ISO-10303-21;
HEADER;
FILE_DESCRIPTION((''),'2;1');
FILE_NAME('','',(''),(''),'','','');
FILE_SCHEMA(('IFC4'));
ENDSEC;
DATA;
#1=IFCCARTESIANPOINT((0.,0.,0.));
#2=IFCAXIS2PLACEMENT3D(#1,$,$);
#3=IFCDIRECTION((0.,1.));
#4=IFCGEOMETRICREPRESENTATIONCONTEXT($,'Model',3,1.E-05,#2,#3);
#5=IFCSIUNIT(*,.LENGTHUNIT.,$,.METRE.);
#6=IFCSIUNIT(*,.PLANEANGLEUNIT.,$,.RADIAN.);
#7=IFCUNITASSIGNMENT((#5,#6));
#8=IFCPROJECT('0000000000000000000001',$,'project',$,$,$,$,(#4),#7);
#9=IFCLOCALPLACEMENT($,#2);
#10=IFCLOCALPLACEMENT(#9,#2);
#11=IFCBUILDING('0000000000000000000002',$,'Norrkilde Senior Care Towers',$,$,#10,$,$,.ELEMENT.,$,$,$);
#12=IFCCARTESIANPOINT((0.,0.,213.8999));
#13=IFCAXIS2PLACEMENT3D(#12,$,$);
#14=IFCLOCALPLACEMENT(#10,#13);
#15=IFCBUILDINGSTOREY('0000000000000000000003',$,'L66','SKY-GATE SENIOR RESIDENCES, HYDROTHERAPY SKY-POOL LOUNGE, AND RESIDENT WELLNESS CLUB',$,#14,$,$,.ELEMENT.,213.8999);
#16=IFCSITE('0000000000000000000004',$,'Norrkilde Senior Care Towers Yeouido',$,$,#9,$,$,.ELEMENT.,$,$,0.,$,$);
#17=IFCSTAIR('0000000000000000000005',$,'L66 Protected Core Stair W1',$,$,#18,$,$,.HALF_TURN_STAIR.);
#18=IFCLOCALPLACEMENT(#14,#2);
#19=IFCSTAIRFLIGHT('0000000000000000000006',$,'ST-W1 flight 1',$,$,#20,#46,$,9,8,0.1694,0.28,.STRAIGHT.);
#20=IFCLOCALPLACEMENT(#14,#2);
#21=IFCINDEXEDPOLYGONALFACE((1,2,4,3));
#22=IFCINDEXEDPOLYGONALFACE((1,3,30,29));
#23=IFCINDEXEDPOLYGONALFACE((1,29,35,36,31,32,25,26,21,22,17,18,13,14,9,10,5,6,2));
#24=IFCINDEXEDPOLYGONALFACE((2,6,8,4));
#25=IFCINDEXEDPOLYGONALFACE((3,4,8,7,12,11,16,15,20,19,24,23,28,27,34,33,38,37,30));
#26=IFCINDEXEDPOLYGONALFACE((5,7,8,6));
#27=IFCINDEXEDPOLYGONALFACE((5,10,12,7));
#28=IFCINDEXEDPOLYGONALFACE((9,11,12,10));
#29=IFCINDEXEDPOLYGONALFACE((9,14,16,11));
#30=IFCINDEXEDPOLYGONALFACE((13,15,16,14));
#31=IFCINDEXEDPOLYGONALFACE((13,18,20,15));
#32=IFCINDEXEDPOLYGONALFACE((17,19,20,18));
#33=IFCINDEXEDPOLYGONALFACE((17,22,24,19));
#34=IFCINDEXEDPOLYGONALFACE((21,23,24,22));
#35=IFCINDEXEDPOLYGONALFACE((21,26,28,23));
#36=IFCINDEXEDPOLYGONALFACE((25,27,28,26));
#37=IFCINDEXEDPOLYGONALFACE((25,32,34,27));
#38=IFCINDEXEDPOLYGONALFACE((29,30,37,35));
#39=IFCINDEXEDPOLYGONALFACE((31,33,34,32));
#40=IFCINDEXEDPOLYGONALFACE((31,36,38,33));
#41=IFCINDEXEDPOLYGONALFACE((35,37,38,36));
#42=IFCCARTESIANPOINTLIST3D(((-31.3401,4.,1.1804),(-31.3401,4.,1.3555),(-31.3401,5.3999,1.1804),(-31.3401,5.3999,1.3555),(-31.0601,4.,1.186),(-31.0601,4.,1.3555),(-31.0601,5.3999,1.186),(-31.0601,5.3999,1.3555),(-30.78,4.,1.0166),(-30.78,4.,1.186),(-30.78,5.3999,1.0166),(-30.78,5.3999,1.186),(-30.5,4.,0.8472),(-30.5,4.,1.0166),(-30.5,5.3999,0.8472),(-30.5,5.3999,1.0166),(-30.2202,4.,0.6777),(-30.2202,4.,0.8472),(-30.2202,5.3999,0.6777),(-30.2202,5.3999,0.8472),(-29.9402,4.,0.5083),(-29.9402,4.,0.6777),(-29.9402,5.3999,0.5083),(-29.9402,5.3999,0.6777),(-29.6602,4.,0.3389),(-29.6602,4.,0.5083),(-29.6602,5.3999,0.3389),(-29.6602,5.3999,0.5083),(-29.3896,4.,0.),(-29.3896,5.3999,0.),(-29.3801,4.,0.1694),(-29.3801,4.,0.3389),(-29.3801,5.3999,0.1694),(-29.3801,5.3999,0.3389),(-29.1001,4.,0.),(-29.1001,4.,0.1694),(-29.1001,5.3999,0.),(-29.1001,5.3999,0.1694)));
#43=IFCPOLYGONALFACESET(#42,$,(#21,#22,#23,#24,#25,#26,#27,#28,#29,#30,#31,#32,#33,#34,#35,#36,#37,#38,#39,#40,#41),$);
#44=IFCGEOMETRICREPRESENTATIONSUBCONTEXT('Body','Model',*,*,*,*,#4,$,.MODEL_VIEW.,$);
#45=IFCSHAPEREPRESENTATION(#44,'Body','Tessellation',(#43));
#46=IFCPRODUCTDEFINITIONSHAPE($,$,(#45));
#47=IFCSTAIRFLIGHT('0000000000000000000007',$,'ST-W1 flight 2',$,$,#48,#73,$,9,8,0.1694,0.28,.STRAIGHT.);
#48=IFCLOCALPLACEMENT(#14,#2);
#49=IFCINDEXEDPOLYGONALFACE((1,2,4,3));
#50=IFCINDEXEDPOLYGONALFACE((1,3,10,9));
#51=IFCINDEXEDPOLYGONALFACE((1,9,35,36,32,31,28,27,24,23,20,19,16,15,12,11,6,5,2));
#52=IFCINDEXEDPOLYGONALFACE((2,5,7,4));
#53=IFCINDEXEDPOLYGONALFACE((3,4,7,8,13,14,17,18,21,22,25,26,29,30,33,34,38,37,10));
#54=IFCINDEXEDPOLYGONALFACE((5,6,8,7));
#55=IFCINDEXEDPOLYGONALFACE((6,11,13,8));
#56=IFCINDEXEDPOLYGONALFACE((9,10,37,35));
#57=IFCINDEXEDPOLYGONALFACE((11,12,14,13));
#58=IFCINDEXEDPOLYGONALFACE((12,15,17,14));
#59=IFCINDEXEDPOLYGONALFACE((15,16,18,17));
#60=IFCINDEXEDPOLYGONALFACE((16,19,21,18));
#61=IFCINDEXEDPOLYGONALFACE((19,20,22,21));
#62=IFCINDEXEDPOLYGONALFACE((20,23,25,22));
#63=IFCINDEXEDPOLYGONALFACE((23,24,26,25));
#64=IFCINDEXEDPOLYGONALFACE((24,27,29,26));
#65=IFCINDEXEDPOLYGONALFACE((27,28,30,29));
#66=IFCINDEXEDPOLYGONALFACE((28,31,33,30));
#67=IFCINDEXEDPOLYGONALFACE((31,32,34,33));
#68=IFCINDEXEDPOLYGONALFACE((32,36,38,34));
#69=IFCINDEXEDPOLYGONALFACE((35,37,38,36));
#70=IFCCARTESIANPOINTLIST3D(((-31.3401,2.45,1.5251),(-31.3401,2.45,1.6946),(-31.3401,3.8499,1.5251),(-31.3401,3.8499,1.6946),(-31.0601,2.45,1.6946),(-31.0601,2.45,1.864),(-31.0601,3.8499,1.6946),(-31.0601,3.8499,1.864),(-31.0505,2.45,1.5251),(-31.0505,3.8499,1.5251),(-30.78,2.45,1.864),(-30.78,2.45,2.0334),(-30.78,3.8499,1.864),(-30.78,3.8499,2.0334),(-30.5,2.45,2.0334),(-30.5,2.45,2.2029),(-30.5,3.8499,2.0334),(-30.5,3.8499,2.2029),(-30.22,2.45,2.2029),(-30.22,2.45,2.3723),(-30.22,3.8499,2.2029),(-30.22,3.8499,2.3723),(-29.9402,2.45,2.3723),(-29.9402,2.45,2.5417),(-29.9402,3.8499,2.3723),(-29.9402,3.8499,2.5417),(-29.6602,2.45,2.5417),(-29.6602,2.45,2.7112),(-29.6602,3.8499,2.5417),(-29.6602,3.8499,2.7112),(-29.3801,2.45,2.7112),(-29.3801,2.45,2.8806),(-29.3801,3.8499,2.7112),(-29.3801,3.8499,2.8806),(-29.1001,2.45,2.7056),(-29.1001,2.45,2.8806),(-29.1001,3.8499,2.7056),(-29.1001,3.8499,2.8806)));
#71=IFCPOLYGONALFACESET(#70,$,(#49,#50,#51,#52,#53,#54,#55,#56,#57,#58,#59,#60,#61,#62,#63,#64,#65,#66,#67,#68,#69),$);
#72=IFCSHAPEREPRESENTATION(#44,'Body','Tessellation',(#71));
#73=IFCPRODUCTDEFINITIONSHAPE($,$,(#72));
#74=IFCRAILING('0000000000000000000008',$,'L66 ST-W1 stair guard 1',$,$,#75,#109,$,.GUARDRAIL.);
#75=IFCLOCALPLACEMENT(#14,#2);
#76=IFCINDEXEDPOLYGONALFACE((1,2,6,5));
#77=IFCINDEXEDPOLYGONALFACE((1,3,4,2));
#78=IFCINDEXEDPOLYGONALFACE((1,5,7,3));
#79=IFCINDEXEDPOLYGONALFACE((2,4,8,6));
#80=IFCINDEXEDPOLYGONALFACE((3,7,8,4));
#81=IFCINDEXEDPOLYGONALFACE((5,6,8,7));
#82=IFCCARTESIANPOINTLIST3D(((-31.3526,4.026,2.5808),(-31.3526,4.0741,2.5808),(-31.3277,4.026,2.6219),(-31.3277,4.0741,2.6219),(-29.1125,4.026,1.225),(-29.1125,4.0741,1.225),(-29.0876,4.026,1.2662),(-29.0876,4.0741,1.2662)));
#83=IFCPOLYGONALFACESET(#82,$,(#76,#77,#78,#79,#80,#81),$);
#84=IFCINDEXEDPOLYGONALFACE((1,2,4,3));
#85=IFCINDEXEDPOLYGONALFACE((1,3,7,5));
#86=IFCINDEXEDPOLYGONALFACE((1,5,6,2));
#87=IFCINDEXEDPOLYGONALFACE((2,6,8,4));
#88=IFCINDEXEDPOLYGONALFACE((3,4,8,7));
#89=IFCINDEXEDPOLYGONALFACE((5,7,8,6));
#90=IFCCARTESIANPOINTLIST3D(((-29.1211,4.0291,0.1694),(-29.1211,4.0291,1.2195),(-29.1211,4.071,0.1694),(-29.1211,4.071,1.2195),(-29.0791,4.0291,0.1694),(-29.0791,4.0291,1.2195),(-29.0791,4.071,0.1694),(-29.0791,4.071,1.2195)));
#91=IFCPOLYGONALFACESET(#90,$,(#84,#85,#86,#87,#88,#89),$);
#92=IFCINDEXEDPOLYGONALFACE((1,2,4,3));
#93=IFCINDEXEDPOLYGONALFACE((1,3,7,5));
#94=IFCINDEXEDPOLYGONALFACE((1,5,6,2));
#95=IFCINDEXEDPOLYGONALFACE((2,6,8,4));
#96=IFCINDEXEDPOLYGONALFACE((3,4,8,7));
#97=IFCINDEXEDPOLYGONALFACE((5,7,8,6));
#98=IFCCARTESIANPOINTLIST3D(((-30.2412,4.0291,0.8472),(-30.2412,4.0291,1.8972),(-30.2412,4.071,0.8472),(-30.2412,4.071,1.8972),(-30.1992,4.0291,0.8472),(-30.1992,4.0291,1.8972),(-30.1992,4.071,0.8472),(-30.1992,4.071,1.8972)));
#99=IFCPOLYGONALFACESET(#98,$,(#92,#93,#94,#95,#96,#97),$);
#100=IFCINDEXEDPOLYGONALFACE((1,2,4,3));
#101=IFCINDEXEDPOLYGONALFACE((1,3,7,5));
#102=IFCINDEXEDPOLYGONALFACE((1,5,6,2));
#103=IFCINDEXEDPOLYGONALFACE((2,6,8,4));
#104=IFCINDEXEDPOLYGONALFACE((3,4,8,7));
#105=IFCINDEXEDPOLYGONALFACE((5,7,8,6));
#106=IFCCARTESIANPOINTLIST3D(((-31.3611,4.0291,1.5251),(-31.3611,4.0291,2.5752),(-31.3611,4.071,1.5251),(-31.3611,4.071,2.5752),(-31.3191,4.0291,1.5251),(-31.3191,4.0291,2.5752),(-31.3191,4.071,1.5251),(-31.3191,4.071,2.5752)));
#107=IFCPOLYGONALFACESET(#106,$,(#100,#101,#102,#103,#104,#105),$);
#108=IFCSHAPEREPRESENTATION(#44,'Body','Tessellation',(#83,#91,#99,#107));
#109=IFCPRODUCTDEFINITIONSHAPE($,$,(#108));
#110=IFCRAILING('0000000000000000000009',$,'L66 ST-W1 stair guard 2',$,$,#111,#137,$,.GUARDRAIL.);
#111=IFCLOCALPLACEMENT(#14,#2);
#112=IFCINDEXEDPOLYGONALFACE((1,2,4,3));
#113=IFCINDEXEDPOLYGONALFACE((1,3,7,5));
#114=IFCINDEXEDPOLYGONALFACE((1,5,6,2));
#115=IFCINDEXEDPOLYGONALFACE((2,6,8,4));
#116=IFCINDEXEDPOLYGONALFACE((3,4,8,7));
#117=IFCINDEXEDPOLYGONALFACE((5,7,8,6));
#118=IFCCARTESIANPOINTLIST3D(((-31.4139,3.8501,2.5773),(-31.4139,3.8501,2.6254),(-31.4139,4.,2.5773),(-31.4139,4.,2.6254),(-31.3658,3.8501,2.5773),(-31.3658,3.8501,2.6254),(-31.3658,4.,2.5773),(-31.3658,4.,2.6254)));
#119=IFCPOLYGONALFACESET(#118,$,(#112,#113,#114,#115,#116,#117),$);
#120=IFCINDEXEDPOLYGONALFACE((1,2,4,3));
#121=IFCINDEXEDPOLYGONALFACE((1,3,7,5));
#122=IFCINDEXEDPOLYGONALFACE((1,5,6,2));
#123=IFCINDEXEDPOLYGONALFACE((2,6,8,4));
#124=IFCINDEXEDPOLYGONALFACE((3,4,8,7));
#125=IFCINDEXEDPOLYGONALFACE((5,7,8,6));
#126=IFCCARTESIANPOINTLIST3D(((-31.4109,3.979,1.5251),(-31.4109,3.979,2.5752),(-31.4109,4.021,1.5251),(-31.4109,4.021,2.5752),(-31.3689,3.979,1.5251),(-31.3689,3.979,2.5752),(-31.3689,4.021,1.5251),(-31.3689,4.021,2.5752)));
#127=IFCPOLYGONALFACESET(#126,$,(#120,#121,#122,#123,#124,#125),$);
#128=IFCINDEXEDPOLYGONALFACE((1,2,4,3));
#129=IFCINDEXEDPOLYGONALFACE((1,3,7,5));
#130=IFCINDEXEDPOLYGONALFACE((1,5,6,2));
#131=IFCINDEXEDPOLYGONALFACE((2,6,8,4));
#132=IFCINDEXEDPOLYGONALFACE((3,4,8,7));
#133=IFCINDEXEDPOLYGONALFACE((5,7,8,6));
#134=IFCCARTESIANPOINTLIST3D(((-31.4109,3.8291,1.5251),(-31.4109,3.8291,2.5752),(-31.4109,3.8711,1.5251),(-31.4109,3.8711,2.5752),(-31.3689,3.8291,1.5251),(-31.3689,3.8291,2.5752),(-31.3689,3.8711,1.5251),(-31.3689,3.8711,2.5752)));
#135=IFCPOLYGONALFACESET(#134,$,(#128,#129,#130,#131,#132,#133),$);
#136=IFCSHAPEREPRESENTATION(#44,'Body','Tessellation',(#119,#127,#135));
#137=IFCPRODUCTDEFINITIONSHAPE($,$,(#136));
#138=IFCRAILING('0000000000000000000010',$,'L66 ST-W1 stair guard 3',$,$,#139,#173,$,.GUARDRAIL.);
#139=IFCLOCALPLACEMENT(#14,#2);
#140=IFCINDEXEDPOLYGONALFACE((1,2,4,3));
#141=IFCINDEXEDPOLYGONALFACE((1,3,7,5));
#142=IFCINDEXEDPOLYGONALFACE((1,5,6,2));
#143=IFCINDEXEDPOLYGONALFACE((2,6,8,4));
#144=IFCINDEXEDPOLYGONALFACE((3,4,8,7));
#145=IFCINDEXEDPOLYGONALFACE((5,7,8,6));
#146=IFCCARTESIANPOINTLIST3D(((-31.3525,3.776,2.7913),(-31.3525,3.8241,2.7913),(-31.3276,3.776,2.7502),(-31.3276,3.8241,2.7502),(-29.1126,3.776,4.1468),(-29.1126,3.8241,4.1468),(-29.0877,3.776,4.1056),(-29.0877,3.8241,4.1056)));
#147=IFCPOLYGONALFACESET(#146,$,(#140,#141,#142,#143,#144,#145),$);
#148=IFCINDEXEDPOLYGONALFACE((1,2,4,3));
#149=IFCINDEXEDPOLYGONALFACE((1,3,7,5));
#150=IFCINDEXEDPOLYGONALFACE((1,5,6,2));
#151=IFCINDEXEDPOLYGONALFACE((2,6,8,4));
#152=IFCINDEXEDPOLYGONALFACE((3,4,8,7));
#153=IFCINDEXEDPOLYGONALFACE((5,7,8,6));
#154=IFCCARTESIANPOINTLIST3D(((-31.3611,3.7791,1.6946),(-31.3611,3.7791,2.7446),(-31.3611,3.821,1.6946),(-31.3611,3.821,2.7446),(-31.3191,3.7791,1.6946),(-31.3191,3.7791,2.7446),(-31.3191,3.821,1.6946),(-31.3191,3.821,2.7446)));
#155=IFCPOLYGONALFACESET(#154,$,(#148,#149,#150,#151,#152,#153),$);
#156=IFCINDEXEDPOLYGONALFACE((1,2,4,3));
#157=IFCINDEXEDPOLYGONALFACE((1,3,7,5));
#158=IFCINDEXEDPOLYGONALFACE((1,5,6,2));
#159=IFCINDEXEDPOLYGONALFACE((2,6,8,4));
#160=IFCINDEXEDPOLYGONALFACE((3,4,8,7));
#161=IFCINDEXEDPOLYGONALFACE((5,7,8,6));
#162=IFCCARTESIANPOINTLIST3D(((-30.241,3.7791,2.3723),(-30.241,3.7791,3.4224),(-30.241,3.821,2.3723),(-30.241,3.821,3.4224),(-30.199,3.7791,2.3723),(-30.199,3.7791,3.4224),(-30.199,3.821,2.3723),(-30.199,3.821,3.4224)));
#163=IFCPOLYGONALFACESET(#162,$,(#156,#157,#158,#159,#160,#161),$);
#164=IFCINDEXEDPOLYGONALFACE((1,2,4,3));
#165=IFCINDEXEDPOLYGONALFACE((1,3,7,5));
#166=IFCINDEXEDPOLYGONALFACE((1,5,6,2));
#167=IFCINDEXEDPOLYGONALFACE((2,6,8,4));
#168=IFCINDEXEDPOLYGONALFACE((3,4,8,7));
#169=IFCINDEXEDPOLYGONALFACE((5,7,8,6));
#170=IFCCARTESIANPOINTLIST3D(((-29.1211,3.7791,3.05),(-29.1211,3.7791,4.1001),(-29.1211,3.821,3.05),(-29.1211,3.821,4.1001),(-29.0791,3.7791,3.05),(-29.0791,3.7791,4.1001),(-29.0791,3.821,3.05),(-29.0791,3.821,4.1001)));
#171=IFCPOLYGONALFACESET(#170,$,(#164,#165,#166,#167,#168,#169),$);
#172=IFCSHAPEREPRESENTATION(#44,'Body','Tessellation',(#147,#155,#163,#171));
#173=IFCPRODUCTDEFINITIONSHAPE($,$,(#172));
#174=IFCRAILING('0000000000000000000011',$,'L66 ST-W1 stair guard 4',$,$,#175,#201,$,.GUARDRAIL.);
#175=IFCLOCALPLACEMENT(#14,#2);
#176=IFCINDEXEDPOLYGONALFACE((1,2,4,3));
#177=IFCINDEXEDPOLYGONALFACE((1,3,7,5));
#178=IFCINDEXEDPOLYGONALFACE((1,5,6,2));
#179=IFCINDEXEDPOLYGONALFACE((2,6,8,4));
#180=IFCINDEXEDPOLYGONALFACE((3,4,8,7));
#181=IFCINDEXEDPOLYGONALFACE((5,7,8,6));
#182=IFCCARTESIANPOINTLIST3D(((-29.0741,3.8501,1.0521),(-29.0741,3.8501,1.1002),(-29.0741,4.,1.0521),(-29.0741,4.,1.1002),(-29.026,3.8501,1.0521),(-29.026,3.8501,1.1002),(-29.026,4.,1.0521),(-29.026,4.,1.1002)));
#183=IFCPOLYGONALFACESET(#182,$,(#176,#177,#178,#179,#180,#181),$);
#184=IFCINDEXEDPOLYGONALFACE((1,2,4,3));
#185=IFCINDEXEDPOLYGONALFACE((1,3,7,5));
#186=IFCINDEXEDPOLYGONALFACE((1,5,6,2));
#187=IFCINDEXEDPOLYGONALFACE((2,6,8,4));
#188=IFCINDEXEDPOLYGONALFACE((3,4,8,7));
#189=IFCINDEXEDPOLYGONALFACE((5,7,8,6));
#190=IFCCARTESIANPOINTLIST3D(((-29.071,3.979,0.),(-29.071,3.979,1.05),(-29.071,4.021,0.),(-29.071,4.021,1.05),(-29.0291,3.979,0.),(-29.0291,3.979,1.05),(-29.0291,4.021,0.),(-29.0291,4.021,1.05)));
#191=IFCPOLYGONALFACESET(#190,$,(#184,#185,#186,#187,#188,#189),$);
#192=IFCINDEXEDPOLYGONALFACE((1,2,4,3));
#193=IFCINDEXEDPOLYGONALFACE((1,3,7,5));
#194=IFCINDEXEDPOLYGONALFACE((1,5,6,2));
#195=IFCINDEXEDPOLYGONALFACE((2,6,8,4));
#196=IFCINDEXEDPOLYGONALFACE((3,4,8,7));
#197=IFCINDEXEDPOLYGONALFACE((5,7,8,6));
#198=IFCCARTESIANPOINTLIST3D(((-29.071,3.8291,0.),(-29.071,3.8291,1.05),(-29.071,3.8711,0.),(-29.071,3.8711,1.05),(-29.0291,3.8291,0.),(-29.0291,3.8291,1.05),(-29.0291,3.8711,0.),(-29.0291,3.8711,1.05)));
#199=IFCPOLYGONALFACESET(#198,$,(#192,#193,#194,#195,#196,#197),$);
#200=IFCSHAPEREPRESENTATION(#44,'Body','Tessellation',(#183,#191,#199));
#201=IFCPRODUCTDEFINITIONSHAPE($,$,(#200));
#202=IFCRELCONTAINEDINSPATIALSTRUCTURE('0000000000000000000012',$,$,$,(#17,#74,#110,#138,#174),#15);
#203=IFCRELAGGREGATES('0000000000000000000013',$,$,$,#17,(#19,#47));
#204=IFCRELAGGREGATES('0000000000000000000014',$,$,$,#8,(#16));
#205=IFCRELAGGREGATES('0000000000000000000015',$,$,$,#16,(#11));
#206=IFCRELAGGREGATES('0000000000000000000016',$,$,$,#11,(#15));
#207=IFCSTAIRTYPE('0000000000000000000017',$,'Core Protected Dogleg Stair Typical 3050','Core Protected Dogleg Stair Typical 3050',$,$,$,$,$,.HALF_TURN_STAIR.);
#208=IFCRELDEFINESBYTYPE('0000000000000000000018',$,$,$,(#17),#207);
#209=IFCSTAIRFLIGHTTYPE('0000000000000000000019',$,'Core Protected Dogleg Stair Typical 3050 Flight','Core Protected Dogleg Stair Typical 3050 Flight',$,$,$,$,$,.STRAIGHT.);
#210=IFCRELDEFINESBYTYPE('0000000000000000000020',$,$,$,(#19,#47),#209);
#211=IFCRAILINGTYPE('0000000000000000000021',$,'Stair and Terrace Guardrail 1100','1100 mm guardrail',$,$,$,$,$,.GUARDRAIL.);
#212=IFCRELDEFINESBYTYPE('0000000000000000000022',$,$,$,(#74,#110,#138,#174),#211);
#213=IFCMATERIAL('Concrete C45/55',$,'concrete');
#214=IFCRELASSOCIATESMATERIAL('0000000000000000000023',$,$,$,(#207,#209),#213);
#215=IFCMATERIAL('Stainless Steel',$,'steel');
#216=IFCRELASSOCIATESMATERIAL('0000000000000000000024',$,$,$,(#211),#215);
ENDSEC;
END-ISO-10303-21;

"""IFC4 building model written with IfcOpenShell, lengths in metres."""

from ifc_helpers import new_model, si_unit, direction, frame, origin, origin_2d, place, context, subcontext, project, spatial, polyline, rectangle, outline, extrude, material, type_object, element, aggregate, save


model = new_model("IFC4")

# Units and contexts
model_context = context("Model", 3, precision=1e-05, world=origin(), true_north=direction((0.0, 1.0)))
body_context = subcontext(model_context, "Body", "Model", "MODEL_VIEW")
ifc_project = project(units=[si_unit("LENGTHUNIT", "METRE"), si_unit("PLANEANGLEUNIT", "RADIAN")], contexts=[model_context])

# Site, building, storey
site_placement = place(None, origin())
site = spatial("IfcSite", under=ifc_project, at=site_placement, Name="Norrkilde Senior Care Towers Yeouido", CompositionType="ELEMENT", RefElevation=0.0)
building_placement = place(site_placement, origin())
building = spatial("IfcBuilding", under=site, at=building_placement, Name="Norrkilde Senior Care Towers", CompositionType="ELEMENT")
storey_placement = place(building_placement, frame((0.0, 0.0, 213.8999)))
storey = spatial("IfcBuildingStorey", under=building, at=storey_placement, Name="L66", Description="SKY-GATE SENIOR RESIDENCES, HYDROTHERAPY SKY-POOL LOUNGE, AND RESIDENT WELLNESS CLUB", CompositionType="ELEMENT", Elevation=213.8999)

# Shared definitions
ifc_material_1 = material(Name="Concrete C45/55", Category="concrete")

# Shared definitions
ifc_material_2 = material(Name="Stainless Steel", Category="steel")

# Stair, stair flights
stair_type = type_object("IfcStairType", Name="Core Protected Dogleg Stair Typical 3050", Description="Core Protected Dogleg Stair Typical 3050", PredefinedType="HALF_TURN_STAIR", material=ifc_material_1)
stair_placement = place(storey_placement, origin())
stair = element("IfcStair", 1, at=stair_placement, inside=storey, type_object=stair_type, Name="L66 Protected Core Stair W1", PredefinedType="HALF_TURN_STAIR")
stair_flight_type = type_object("IfcStairFlightType", Name="Core Protected Dogleg Stair Typical 3050 Flight", Description="Core Protected Dogleg Stair Typical 3050 Flight", PredefinedType="STRAIGHT", material=ifc_material_1)
stair_flight_1_placement = place(storey_placement, frame((-29.1001, 4.7, 0.0), z_axis=(0.0, 0.0, 1.0), x_axis=(-1.0, 0.0, 0.0)))
stair_flight_1 = element("IfcStairFlight", 2, at=stair_flight_1_placement, type_object=stair_flight_type, Name="ST-W1 flight 1", NumberOfRisers=9, NumberOfTreads=8, PredefinedType="STRAIGHT", RiserHeight=0.1694, TreadLength=0.28, context=body_context, shape_type="SweptSolid", body=[
    extrude(outline(polyline([(0.0, 0.0), (0.0, 0.1694), (0.28, 0.1694), (0.28, 0.3389), (0.5601, 0.3389), (0.5601, 0.5083), (0.8401, 0.5083), (0.8401, 0.6777), (1.1201, 0.6777), (1.1201, 0.8472), (1.3999, 0.8472), (1.3999, 1.0166), (1.6799, 1.0166), (1.6799, 1.186), (1.96, 1.186), (1.96, 1.3555), (2.24, 1.3555), (2.24, 1.5249), (2.24, 1.1804), (0.2896, 0.0), (0.0, 0.0)])), frame((0.0, 0.7, 0.0), z_axis=(0.0, -1.0, 0.0), x_axis=(1.0, 0.0, 0.0)), (0.0, 0.0, 1.0), 1.3999),
])
stair_flight_2_placement = place(storey_placement, frame((-31.3401, 3.1499, 1.5251), z_axis=(0.0, 0.0, 1.0), x_axis=(1.0, 0.0, 0.0)))
stair_flight_2 = element("IfcStairFlight", 3, at=stair_flight_2_placement, type_object=stair_flight_type, Name="ST-W1 flight 2", NumberOfRisers=9, NumberOfTreads=8, PredefinedType="STRAIGHT", RiserHeight=0.1694, TreadLength=0.28, context=body_context, shape_type="SweptSolid", body=[
    extrude(outline(polyline([(0.0, 0.0), (0.0, 0.1694), (0.28, 0.1694), (0.28, 0.3389), (0.5601, 0.3389), (0.5601, 0.5083), (0.8401, 0.5083), (0.8401, 0.6777), (1.1201, 0.6777), (1.1201, 0.8472), (1.3999, 0.8472), (1.3999, 1.0166), (1.6799, 1.0166), (1.6799, 1.186), (1.96, 1.186), (1.96, 1.3555), (2.24, 1.3555), (2.24, 1.5249), (2.24, 1.1804), (0.2896, 0.0), (0.0, 0.0)])), frame((0.0, 0.7, 0.0), z_axis=(0.0, -1.0, 0.0), x_axis=(1.0, 0.0, 0.0)), (0.0, 0.0, 1.0), 1.3999),
])
aggregate(stair, [stair_flight_1, stair_flight_2])

# Railings
railing_type_1 = type_object("IfcRailingType", Name="Stair and Terrace Guardrail 1100", Description="1100 mm guardrail", PredefinedType="GUARDRAIL", material=ifc_material_2)
railing_1_placement = place(storey_placement, frame((-29.1001, 4.05, 0.1694)))
element("IfcRailing", 4, at=railing_1_placement, inside=storey, type_object=railing_type_1, Name="L66 ST-W1 stair guard 1", PredefinedType="GUARDRAIL", context=body_context, shape_type="SweptSolid", body=[
    extrude(rectangle(XDim=0.0481, YDim=0.0481, at=origin_2d()), frame((0.0, 0.0, 1.0762), z_axis=(-0.855512, 0.0, 0.517783), x_axis=(0.0, -1.0, 0.0)), (0.0, 0.0, 1.0), 2.6184),
    extrude(rectangle(XDim=0.042, YDim=0.042, at=origin_2d()), origin(), (0.0, 0.0, 1.0), 1.05),
    extrude(rectangle(XDim=0.042, YDim=0.042, at=origin_2d()), frame((-1.1201, 0.0, 0.6777)), (0.0, 0.0, 1.0), 1.05),
    extrude(rectangle(XDim=0.042, YDim=0.042, at=origin_2d()), frame((-2.24, 0.0, 1.3557)), (0.0, 0.0, 1.0), 1.05),
])
railing_2_placement = place(storey_placement, frame((-31.3899, 4.0, 1.5251)))
element("IfcRailing", 5, at=railing_2_placement, inside=storey, type_object=railing_type_1, Name="L66 ST-W1 stair guard 2", PredefinedType="GUARDRAIL", context=body_context, shape_type="SweptSolid", body=[
    extrude(rectangle(XDim=0.0481, YDim=0.0481, at=origin_2d()), frame((0.0, 0.0, 1.0762), z_axis=(0.0, -1.0, 0.0), x_axis=(1.0, 0.0, 0.0)), (0.0, 0.0, 1.0), 0.1499),
    extrude(rectangle(XDim=0.042, YDim=0.042, at=origin_2d()), origin(), (0.0, 0.0, 1.0), 1.05),
    extrude(rectangle(XDim=0.042, YDim=0.042, at=origin_2d()), frame((0.0, -0.1499, 0.0)), (0.0, 0.0, 1.0), 1.05),
])
railing_3_placement = place(storey_placement, frame((-31.3401, 3.8, 1.6946)))
element("IfcRailing", 6, at=railing_3_placement, inside=storey, type_object=railing_type_1, Name="L66 ST-W1 stair guard 3", PredefinedType="GUARDRAIL", context=body_context, shape_type="SweptSolid", body=[
    extrude(rectangle(XDim=0.0481, YDim=0.0481, at=origin_2d()), frame((0.0, 0.0, 1.0762), z_axis=(0.855553, 0.0, 0.517715), x_axis=(0.0, 1.0, 0.0)), (0.0, 0.0, 1.0), 2.6182),
    extrude(rectangle(XDim=0.042, YDim=0.042, at=origin_2d()), origin(), (0.0, 0.0, 1.0), 1.05),
    extrude(rectangle(XDim=0.042, YDim=0.042, at=origin_2d()), frame((1.1201, 0.0, 0.6777)), (0.0, 0.0, 1.0), 1.05),
    extrude(rectangle(XDim=0.042, YDim=0.042, at=origin_2d()), frame((2.24, 0.0, 1.3555)), (0.0, 0.0, 1.0), 1.05),
])
railing_4_placement = place(storey_placement, frame((-29.05, 4.0, 0.0)))
element("IfcRailing", 7, at=railing_4_placement, inside=storey, type_object=railing_type_1, Name="L66 ST-W1 stair guard 4", PredefinedType="GUARDRAIL", context=body_context, shape_type="SweptSolid", body=[
    extrude(rectangle(XDim=0.0481, YDim=0.0481, at=origin_2d()), frame((0.0, 0.0, 1.0762), z_axis=(0.0, -1.0, 0.0), x_axis=(1.0, 0.0, 0.0)), (0.0, 0.0, 1.0), 0.1499),
    extrude(rectangle(XDim=0.042, YDim=0.042, at=origin_2d()), origin(), (0.0, 0.0, 1.0), 1.05),
    extrude(rectangle(XDim=0.042, YDim=0.042, at=origin_2d()), frame((0.0, -0.1499, 0.0)), (0.0, 0.0, 1.0), 1.05),
])

save(model, "model.ifc")
